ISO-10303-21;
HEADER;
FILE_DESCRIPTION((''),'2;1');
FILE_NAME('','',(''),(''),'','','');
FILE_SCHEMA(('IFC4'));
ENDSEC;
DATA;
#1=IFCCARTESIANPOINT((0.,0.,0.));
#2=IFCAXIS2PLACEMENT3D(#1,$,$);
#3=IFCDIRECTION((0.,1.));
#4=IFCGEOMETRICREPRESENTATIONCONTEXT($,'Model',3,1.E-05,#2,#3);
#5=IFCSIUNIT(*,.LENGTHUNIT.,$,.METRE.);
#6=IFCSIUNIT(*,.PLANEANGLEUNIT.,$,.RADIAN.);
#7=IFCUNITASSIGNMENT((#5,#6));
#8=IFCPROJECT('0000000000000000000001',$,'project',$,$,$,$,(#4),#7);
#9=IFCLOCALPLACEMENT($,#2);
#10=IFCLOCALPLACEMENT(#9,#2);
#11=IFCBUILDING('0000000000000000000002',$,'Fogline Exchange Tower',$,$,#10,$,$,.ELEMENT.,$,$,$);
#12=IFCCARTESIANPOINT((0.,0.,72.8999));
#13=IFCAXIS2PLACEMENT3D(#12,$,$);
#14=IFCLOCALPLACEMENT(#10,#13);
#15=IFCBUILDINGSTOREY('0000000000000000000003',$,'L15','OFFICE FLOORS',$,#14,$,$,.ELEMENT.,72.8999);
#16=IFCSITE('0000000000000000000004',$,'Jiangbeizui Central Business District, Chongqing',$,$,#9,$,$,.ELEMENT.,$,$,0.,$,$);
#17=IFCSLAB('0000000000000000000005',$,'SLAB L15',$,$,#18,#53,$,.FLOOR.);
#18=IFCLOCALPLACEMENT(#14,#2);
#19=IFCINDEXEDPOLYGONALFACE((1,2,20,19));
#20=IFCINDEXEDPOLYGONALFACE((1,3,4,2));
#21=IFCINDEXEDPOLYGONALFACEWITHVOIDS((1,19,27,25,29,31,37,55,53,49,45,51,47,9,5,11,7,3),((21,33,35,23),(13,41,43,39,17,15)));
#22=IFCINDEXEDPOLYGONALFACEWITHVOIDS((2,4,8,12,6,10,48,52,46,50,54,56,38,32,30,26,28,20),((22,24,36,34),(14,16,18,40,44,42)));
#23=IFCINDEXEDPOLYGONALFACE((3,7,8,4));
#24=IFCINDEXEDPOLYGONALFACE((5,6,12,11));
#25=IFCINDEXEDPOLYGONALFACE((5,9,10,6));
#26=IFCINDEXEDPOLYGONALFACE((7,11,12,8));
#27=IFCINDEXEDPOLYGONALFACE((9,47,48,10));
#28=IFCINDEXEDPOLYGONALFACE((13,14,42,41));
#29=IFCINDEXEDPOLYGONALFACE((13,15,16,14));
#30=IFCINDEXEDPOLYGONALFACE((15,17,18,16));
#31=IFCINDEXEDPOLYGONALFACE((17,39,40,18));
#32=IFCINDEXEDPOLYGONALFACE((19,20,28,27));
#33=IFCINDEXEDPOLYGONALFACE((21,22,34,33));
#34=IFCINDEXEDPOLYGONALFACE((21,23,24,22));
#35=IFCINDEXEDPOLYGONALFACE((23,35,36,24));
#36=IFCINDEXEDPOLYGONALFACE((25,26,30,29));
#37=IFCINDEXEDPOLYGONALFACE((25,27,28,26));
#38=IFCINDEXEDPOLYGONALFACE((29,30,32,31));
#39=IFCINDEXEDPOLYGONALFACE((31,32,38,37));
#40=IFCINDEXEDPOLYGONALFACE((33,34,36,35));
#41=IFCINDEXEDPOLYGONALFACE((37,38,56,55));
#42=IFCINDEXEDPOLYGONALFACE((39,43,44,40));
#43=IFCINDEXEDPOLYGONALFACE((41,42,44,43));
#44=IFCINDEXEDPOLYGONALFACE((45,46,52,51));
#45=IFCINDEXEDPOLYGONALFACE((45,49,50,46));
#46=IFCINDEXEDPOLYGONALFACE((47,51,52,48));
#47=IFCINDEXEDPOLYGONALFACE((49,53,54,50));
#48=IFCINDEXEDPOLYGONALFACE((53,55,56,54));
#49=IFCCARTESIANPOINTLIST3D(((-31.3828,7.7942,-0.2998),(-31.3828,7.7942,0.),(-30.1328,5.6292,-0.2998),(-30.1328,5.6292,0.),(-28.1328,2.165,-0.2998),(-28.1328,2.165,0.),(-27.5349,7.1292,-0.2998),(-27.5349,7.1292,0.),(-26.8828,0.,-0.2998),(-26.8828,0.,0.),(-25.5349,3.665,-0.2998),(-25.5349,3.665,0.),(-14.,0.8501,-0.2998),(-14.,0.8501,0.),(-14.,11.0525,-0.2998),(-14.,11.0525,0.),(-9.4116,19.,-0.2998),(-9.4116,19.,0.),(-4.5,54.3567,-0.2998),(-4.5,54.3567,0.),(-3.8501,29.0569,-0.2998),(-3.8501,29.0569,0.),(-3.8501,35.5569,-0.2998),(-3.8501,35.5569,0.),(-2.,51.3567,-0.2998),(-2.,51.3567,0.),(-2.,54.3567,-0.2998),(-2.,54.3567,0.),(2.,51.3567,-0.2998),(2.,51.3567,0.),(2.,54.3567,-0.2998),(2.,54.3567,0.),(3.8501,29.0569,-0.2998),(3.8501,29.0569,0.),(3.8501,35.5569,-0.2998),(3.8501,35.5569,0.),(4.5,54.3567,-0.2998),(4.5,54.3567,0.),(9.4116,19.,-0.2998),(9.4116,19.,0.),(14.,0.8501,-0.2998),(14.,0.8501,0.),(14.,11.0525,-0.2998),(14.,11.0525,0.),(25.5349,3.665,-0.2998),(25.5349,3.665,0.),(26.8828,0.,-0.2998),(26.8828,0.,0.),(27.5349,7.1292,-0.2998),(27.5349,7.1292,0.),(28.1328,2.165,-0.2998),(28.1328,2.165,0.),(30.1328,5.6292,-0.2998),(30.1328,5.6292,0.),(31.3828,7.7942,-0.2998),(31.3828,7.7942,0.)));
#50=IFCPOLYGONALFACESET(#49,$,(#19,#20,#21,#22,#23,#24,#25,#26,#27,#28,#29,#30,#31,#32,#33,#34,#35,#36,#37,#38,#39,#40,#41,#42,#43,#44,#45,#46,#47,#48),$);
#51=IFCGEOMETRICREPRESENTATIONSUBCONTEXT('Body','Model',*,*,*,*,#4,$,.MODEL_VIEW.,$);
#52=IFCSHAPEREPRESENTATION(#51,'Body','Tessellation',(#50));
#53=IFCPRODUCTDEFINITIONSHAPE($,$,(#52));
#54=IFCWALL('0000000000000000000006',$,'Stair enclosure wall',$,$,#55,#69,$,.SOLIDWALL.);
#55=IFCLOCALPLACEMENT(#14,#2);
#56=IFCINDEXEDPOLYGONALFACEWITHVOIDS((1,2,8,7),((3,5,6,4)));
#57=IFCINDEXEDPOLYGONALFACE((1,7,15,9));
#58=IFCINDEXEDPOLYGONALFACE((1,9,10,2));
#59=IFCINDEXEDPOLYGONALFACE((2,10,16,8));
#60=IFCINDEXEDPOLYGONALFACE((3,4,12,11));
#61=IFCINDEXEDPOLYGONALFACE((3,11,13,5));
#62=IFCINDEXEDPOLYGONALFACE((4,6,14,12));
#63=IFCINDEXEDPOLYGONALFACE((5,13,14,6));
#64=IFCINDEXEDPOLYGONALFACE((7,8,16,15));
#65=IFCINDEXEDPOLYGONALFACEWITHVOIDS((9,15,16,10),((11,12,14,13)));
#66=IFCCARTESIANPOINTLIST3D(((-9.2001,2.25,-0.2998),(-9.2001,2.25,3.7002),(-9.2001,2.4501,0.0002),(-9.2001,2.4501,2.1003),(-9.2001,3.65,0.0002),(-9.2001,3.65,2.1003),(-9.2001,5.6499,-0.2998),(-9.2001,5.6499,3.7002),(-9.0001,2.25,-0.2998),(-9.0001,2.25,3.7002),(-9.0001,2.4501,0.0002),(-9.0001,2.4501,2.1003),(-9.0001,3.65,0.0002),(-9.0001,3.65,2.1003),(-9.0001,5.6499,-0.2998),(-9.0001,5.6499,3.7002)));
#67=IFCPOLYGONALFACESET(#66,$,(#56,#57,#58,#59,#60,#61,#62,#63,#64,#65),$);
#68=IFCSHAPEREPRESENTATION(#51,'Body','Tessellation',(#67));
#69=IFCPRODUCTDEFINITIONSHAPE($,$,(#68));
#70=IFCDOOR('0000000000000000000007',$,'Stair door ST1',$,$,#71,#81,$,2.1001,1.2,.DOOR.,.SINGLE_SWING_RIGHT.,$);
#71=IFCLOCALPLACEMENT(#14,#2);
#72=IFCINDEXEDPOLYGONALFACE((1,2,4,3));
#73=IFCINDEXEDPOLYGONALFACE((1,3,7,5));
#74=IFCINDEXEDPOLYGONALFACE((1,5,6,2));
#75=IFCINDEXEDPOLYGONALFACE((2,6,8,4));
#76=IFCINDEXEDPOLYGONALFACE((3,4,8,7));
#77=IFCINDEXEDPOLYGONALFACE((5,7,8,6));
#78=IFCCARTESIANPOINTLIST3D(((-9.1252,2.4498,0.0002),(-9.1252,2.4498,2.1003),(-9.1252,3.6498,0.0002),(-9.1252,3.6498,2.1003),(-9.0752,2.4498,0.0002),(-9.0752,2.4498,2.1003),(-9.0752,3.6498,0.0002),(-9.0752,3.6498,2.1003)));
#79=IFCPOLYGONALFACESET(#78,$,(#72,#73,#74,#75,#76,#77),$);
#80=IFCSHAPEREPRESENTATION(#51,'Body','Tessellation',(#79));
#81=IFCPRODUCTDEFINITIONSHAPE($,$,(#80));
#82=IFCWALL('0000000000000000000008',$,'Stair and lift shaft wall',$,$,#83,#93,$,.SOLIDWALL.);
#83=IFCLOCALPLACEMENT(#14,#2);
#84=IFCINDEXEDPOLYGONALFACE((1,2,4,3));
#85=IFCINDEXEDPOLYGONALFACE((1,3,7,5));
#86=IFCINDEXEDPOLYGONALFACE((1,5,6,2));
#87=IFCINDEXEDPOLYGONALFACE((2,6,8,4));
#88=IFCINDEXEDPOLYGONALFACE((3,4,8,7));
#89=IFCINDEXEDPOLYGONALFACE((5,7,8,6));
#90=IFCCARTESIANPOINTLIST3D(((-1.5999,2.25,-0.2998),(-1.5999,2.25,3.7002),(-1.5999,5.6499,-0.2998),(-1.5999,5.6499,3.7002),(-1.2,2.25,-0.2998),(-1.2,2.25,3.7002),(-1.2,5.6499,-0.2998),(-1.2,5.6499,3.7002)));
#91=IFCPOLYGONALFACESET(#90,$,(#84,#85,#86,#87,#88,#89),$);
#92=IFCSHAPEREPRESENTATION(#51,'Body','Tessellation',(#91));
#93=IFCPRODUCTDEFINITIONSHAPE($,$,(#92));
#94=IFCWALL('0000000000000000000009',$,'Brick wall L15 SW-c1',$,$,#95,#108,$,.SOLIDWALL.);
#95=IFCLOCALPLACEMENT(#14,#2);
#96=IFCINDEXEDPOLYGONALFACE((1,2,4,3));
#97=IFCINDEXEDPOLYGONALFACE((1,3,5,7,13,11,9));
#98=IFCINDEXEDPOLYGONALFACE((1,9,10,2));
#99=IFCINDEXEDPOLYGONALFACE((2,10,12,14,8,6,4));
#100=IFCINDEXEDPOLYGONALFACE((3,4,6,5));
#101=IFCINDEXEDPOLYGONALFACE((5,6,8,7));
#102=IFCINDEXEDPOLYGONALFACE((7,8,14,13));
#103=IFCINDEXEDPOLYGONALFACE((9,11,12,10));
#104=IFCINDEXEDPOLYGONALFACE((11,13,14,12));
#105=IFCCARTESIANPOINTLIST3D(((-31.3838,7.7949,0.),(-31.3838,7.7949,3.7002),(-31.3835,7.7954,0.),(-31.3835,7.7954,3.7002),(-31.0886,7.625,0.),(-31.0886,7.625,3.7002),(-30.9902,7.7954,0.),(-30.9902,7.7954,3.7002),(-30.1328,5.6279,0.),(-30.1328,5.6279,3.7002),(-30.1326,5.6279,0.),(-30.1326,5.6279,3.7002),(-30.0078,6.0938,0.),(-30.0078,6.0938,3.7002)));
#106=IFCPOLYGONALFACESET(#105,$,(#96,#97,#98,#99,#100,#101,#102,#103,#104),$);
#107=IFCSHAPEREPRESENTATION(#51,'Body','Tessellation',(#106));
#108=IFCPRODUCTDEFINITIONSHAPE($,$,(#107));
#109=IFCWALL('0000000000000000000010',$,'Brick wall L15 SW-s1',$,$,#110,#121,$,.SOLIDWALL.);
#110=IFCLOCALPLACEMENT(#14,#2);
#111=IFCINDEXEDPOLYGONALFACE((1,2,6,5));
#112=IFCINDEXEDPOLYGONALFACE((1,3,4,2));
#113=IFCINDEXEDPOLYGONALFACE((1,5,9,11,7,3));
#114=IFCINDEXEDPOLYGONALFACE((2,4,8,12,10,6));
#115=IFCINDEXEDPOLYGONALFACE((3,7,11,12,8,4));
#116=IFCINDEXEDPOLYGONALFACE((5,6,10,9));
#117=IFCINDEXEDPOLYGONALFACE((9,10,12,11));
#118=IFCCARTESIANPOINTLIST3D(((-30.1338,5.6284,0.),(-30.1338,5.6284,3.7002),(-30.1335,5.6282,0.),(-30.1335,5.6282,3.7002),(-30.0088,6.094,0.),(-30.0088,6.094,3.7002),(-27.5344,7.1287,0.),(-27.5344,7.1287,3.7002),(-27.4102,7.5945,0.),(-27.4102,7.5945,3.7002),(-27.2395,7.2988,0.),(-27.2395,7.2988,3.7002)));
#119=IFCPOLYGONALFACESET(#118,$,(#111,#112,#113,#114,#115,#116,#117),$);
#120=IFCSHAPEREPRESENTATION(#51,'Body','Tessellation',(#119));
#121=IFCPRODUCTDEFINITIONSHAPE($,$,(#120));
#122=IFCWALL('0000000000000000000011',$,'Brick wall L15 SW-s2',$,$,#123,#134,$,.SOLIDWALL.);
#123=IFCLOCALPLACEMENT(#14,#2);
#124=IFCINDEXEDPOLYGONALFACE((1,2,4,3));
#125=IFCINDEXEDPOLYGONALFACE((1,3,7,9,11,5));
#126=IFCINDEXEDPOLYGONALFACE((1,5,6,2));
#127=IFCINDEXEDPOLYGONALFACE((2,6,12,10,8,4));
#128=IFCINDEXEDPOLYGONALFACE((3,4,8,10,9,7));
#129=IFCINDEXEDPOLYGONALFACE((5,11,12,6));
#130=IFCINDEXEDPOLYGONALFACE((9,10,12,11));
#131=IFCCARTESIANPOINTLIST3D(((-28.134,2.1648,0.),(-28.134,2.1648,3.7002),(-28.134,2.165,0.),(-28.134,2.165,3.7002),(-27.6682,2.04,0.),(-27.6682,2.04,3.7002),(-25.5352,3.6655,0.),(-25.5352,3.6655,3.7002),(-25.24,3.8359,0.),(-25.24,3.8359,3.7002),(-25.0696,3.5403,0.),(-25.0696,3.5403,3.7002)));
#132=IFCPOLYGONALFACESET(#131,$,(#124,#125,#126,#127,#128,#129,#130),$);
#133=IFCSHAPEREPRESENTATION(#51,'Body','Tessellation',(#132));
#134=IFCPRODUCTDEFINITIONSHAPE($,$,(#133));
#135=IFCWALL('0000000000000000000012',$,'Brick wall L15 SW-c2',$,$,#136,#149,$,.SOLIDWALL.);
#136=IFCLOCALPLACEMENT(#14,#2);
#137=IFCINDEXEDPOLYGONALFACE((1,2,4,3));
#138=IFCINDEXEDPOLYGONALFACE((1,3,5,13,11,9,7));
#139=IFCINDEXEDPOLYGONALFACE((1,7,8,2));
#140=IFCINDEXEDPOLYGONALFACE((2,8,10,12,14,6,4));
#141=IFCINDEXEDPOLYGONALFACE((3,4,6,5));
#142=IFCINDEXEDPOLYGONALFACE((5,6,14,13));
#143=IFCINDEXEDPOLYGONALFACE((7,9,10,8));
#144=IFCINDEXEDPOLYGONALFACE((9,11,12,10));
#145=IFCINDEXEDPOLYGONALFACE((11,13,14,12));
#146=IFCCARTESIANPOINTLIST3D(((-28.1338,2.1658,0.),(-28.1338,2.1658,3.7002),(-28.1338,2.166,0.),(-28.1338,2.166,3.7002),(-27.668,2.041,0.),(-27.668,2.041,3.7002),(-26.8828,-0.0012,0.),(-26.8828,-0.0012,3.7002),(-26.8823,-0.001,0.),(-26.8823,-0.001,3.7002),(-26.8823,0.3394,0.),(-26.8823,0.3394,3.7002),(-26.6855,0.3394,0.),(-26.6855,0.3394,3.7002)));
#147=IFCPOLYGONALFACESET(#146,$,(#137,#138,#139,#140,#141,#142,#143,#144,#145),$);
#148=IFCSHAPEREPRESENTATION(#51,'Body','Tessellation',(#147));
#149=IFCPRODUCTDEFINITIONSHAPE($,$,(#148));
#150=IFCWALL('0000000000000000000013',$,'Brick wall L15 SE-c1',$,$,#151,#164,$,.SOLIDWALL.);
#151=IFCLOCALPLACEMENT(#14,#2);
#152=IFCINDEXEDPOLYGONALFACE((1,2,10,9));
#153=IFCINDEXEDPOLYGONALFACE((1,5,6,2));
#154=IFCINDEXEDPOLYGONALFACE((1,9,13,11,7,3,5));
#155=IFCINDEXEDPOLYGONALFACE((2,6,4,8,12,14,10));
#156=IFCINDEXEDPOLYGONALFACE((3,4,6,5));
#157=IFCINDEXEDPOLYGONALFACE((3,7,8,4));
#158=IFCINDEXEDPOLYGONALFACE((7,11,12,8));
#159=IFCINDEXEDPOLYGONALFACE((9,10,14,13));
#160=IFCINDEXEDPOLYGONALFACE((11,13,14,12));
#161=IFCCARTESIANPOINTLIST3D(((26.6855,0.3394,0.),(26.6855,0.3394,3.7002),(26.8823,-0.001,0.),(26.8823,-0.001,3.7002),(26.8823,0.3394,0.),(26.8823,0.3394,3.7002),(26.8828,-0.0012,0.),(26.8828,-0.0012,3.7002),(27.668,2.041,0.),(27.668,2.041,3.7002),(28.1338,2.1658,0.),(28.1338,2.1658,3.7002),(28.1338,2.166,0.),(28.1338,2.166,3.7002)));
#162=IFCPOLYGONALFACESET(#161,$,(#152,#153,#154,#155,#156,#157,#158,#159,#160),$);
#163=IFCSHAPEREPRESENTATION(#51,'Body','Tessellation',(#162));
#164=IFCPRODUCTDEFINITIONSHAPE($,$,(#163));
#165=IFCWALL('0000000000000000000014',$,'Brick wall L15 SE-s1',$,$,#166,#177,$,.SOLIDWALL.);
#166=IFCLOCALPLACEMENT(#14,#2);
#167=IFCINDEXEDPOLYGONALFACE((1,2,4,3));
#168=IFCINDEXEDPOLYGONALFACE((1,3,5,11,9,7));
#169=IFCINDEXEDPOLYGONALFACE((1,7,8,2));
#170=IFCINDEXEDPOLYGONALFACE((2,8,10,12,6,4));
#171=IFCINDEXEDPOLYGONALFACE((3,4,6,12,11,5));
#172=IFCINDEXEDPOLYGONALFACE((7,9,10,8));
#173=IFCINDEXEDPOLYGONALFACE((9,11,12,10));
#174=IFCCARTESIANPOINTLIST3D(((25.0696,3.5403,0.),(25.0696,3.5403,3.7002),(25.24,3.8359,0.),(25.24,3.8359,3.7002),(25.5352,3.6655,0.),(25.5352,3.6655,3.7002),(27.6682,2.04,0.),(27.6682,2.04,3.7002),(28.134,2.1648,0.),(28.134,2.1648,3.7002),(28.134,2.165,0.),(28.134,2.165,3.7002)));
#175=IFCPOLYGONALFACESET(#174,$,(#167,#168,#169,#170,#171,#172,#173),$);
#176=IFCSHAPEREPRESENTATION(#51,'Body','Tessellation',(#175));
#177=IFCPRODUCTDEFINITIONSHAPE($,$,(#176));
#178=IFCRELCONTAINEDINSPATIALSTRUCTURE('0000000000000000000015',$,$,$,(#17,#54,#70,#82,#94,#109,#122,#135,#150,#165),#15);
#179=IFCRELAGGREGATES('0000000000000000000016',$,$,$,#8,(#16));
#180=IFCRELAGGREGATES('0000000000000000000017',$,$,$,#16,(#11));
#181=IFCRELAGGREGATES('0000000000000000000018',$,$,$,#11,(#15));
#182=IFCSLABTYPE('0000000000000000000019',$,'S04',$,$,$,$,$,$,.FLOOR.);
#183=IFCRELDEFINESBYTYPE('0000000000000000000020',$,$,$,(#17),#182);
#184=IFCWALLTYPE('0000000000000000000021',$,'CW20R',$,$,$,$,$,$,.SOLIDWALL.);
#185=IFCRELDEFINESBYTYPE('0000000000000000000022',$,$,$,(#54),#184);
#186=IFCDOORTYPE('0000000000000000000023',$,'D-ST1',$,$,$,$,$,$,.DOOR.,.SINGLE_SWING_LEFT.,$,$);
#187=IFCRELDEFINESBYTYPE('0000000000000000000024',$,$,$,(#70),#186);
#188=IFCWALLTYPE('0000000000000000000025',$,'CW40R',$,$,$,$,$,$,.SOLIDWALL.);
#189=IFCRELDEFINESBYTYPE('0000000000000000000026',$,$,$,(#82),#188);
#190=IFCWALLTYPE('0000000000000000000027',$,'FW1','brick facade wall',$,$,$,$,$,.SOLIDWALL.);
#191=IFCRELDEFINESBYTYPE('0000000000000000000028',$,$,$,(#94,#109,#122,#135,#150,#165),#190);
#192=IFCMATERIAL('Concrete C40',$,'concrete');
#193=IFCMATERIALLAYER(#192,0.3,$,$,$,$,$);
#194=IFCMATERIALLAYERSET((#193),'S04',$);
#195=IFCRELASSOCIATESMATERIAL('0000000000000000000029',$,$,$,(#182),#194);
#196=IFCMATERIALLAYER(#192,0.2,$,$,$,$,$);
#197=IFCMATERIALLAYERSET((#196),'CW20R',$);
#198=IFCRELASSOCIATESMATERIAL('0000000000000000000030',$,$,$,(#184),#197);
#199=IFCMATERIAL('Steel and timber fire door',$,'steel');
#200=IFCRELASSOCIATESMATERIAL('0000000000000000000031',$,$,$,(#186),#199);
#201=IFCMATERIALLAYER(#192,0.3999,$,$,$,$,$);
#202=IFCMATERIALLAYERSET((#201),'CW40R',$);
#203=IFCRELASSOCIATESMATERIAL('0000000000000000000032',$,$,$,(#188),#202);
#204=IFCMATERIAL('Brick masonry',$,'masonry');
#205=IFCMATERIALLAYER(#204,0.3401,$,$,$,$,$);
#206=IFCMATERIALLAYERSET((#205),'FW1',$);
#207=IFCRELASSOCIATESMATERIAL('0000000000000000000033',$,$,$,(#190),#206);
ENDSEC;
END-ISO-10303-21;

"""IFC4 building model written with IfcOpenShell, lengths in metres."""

from ifc_helpers import new_model, si_unit, direction, frame, frame_2d, origin, place, context, subcontext, project, spatial, polyline, rectangle, outline, extrude, material, layer, layer_set, type_object, element, fill, save


model = new_model("IFC4")

# Units and contexts
model_context = context("Model", 3, precision=1e-05, world=origin(), true_north=direction((0.0, 1.0)))
body_context = subcontext(model_context, "Body", "Model", "MODEL_VIEW")
ifc_project = project(units=[si_unit("LENGTHUNIT", "METRE"), si_unit("PLANEANGLEUNIT", "RADIAN")], contexts=[model_context])

# Site, building, storey
site_placement = place(None, origin())
site = spatial("IfcSite", under=ifc_project, at=site_placement, Name="Jiangbeizui Central Business District, Chongqing", CompositionType="ELEMENT", RefElevation=0.0)
building_placement = place(site_placement, origin())
building = spatial("IfcBuilding", under=site, at=building_placement, Name="Fogline Exchange Tower", CompositionType="ELEMENT")
storey_placement = place(building_placement, frame((0.0, 0.0, 72.8999)))
storey = spatial("IfcBuildingStorey", under=building, at=storey_placement, Name="L15", Description="OFFICE FLOORS", CompositionType="ELEMENT", Elevation=72.8999)

# Slab
ifc_material_1 = material(Name="Concrete C40", Category="concrete")
ifc_layer_1 = layer(ifc_material_1, 0.3)
ifc_layer_set_1 = layer_set([ifc_layer_1], Name="S04")
slab_type = type_object("IfcSlabType", Name="S04", PredefinedType="FLOOR", material=ifc_layer_set_1)
slab_placement = place(storey_placement, frame((0.0, 0.0, -0.2998)))
element("IfcSlab", 1, at=slab_placement, inside=storey, type_object=slab_type, Name="SLAB L15", PredefinedType="FLOOR", context=body_context, shape_type="SweptSolid", body=[
    extrude(outline(polyline([(-2.0, 54.3567), (-4.5, 54.3567), (-31.3828, 7.7942), (-30.1328, 5.6292), (-27.5349, 7.1292), (-25.5349, 3.665), (-28.1328, 2.165), (-26.8828, 0.0), (26.8828, 0.0), (28.1328, 2.165), (25.5349, 3.665), (27.5349, 7.1292), (30.1328, 5.6292), (31.3828, 7.7942), (4.5, 54.3567), (2.0, 54.3567), (2.0, 51.3567), (-2.0, 51.3567), (-2.0, 54.3567)]), holes=[polyline([(14.0, 11.0525), (14.0, 0.8501), (-14.0, 0.8501), (-14.0, 11.0525), (-9.4116, 19.0), (9.4116, 19.0), (14.0, 11.0525)]), polyline([(3.8501, 35.5569), (3.8501, 29.0569), (-3.8501, 29.0569), (-3.8501, 35.5569), (3.8501, 35.5569)])]), origin(), (0.0, 0.0, 1.0), 0.2998),
])

# Wall, opening, door
ifc_layer_2 = layer(ifc_material_1, 0.2)
ifc_layer_set_2 = layer_set([ifc_layer_2], Name="CW20R")
wall_type_1 = type_object("IfcWallType", Name="CW20R", PredefinedType="SOLIDWALL", material=ifc_layer_set_2)
wall_1_placement = place(storey_placement, frame((-9.1001, 2.25, -0.2998), z_axis=(0.0, 0.0, 1.0), x_axis=(0.0, 1.0, 0.0)))
wall_1 = element("IfcWall", 2, at=wall_1_placement, inside=storey, type_object=wall_type_1, Name="Stair enclosure wall", PredefinedType="SOLIDWALL", context=body_context, shape_type="SweptSolid", body=[
    extrude(rectangle(XDim=3.3999, YDim=0.2, at=frame_2d((1.7, 0.0))), origin(), (0.0, 0.0, 1.0), 4.0),
])
opening_placement = place(wall_1_placement, frame((0.2, 0.0, 0.3)))
opening = element("IfcOpeningElement", 3, at=opening_placement, cuts=wall_1, PredefinedType="OPENING", context=body_context, shape_type="SweptSolid", body=[
    extrude(rectangle(XDim=1.2, YDim=2.1001, at=frame_2d((0.6001, 1.05))), frame((0.0, 0.1099, 0.0), z_axis=(0.0, -1.0, 0.0), x_axis=(1.0, 0.0, 0.0)), (0.0, 0.0, 1.0), 0.22),
])
ifc_material_2 = material(Name="Steel and timber fire door", Category="steel")
door_type = type_object("IfcDoorType", Name="D-ST1", OperationType="SINGLE_SWING_LEFT", PredefinedType="DOOR", material=ifc_material_2)
door_placement = place(opening_placement, frame((1.2, 0.0, 0.0), z_axis=(0.0, 0.0, 1.0), x_axis=(-1.0, 0.0, 0.0)))
door = element("IfcDoor", 4, at=door_placement, inside=storey, type_object=door_type, Name="Stair door ST1", OperationType="SINGLE_SWING_RIGHT", OverallHeight=2.1001, OverallWidth=1.2, PredefinedType="DOOR", context=body_context, shape_type="SweptSolid", body=[
    extrude(rectangle(XDim=1.2, YDim=2.1001, at=frame_2d((0.6001, 1.05))), frame((0.0, 0.0249, 0.0), z_axis=(0.0, -1.0, 0.0), x_axis=(1.0, 0.0, 0.0)), (0.0, 0.0, 1.0), 0.05),
])
fill(opening, door)

# Walls
ifc_layer_3 = layer(ifc_material_1, 0.3999)
ifc_layer_set_3 = layer_set([ifc_layer_3], Name="CW40R")
wall_type_2 = type_object("IfcWallType", Name="CW40R", PredefinedType="SOLIDWALL", material=ifc_layer_set_3)
wall_2_placement = place(storey_placement, frame((-1.3999, 2.25, -0.2998), z_axis=(0.0, 0.0, 1.0), x_axis=(0.0, 1.0, 0.0)))
element("IfcWall", 5, at=wall_2_placement, inside=storey, type_object=wall_type_2, Name="Stair and lift shaft wall", PredefinedType="SOLIDWALL", context=body_context, shape_type="SweptSolid", body=[
    extrude(rectangle(XDim=3.3999, YDim=0.3999, at=frame_2d((1.7, 0.0))), origin(), (0.0, 0.0, 1.0), 4.0),
])
ifc_material_3 = material(Name="Brick masonry", Category="masonry")
ifc_layer_4 = layer(ifc_material_3, 0.3401)
ifc_layer_set_4 = layer_set([ifc_layer_4], Name="FW1")
wall_type_3 = type_object("IfcWallType", Name="FW1", Description="brick facade wall", PredefinedType="SOLIDWALL", material=ifc_layer_set_4)
wall_3_placement = place(storey_placement, origin())
element("IfcWall", 6, at=wall_3_placement, inside=storey, type_object=wall_type_3, Name="Brick wall L15 SW-c1", PredefinedType="SOLIDWALL", context=body_context, shape_type="SweptSolid", body=[
    extrude(outline(polyline([(-30.1328, 5.6279), (-31.3838, 7.7949), (-31.3835, 7.7954), (-31.0886, 7.625), (-30.9902, 7.7954), (-30.0078, 6.0938), (-30.1326, 5.6279), (-30.1328, 5.6279)])), origin(), (0.0, 0.0, 1.0), 3.7002),
])
wall_4_placement = place(storey_placement, origin())
element("IfcWall", 7, at=wall_4_placement, inside=storey, type_object=wall_type_3, Name="Brick wall L15 SW-s1", PredefinedType="SOLIDWALL", context=body_context, shape_type="SweptSolid", body=[
    extrude(outline(polyline([(-27.4102, 7.5945), (-27.2395, 7.2988), (-27.5344, 7.1287), (-30.1335, 5.6282), (-30.1338, 5.6284), (-30.0088, 6.094), (-27.4102, 7.5945)])), origin(), (0.0, 0.0, 1.0), 3.7002),
])
wall_5_placement = place(storey_placement, origin())
element("IfcWall", 8, at=wall_5_placement, inside=storey, type_object=wall_type_3, Name="Brick wall L15 SW-s2", PredefinedType="SOLIDWALL", context=body_context, shape_type="SweptSolid", body=[
    extrude(outline(polyline([(-28.134, 2.165), (-25.5352, 3.6655), (-25.24, 3.8359), (-25.0696, 3.5403), (-27.6682, 2.04), (-28.134, 2.1648), (-28.134, 2.165)])), origin(), (0.0, 0.0, 1.0), 3.7002),
])
wall_6_placement = place(storey_placement, origin())
element("IfcWall", 9, at=wall_6_placement, inside=storey, type_object=wall_type_3, Name="Brick wall L15 SW-c2", PredefinedType="SOLIDWALL", context=body_context, shape_type="SweptSolid", body=[
    extrude(outline(polyline([(-26.6855, 0.3394), (-26.8823, 0.3394), (-26.8823, -0.001), (-26.8828, -0.0012), (-28.1338, 2.1658), (-28.1338, 2.166), (-27.668, 2.041), (-26.6855, 0.3394)])), origin(), (0.0, 0.0, 1.0), 3.7002),
])
wall_7_placement = place(storey_placement, origin())
element("IfcWall", 10, at=wall_7_placement, inside=storey, type_object=wall_type_3, Name="Brick wall L15 SE-c1", PredefinedType="SOLIDWALL", context=body_context, shape_type="SweptSolid", body=[
    extrude(outline(polyline([(28.1338, 2.1658), (26.8828, -0.0012), (26.8823, -0.001), (26.8823, 0.3394), (26.6855, 0.3394), (27.668, 2.041), (28.1338, 2.166), (28.1338, 2.1658)])), origin(), (0.0, 0.0, 1.0), 3.7002),
])
wall_8_placement = place(storey_placement, origin())
element("IfcWall", 11, at=wall_8_placement, inside=storey, type_object=wall_type_3, Name="Brick wall L15 SE-s1", PredefinedType="SOLIDWALL", context=body_context, shape_type="SweptSolid", body=[
    extrude(outline(polyline([(25.0696, 3.5403), (25.24, 3.8359), (25.5352, 3.6655), (28.134, 2.165), (28.134, 2.1648), (27.6682, 2.04), (25.0696, 3.5403)])), origin(), (0.0, 0.0, 1.0), 3.7002),
])

save(model, "model.ifc")
